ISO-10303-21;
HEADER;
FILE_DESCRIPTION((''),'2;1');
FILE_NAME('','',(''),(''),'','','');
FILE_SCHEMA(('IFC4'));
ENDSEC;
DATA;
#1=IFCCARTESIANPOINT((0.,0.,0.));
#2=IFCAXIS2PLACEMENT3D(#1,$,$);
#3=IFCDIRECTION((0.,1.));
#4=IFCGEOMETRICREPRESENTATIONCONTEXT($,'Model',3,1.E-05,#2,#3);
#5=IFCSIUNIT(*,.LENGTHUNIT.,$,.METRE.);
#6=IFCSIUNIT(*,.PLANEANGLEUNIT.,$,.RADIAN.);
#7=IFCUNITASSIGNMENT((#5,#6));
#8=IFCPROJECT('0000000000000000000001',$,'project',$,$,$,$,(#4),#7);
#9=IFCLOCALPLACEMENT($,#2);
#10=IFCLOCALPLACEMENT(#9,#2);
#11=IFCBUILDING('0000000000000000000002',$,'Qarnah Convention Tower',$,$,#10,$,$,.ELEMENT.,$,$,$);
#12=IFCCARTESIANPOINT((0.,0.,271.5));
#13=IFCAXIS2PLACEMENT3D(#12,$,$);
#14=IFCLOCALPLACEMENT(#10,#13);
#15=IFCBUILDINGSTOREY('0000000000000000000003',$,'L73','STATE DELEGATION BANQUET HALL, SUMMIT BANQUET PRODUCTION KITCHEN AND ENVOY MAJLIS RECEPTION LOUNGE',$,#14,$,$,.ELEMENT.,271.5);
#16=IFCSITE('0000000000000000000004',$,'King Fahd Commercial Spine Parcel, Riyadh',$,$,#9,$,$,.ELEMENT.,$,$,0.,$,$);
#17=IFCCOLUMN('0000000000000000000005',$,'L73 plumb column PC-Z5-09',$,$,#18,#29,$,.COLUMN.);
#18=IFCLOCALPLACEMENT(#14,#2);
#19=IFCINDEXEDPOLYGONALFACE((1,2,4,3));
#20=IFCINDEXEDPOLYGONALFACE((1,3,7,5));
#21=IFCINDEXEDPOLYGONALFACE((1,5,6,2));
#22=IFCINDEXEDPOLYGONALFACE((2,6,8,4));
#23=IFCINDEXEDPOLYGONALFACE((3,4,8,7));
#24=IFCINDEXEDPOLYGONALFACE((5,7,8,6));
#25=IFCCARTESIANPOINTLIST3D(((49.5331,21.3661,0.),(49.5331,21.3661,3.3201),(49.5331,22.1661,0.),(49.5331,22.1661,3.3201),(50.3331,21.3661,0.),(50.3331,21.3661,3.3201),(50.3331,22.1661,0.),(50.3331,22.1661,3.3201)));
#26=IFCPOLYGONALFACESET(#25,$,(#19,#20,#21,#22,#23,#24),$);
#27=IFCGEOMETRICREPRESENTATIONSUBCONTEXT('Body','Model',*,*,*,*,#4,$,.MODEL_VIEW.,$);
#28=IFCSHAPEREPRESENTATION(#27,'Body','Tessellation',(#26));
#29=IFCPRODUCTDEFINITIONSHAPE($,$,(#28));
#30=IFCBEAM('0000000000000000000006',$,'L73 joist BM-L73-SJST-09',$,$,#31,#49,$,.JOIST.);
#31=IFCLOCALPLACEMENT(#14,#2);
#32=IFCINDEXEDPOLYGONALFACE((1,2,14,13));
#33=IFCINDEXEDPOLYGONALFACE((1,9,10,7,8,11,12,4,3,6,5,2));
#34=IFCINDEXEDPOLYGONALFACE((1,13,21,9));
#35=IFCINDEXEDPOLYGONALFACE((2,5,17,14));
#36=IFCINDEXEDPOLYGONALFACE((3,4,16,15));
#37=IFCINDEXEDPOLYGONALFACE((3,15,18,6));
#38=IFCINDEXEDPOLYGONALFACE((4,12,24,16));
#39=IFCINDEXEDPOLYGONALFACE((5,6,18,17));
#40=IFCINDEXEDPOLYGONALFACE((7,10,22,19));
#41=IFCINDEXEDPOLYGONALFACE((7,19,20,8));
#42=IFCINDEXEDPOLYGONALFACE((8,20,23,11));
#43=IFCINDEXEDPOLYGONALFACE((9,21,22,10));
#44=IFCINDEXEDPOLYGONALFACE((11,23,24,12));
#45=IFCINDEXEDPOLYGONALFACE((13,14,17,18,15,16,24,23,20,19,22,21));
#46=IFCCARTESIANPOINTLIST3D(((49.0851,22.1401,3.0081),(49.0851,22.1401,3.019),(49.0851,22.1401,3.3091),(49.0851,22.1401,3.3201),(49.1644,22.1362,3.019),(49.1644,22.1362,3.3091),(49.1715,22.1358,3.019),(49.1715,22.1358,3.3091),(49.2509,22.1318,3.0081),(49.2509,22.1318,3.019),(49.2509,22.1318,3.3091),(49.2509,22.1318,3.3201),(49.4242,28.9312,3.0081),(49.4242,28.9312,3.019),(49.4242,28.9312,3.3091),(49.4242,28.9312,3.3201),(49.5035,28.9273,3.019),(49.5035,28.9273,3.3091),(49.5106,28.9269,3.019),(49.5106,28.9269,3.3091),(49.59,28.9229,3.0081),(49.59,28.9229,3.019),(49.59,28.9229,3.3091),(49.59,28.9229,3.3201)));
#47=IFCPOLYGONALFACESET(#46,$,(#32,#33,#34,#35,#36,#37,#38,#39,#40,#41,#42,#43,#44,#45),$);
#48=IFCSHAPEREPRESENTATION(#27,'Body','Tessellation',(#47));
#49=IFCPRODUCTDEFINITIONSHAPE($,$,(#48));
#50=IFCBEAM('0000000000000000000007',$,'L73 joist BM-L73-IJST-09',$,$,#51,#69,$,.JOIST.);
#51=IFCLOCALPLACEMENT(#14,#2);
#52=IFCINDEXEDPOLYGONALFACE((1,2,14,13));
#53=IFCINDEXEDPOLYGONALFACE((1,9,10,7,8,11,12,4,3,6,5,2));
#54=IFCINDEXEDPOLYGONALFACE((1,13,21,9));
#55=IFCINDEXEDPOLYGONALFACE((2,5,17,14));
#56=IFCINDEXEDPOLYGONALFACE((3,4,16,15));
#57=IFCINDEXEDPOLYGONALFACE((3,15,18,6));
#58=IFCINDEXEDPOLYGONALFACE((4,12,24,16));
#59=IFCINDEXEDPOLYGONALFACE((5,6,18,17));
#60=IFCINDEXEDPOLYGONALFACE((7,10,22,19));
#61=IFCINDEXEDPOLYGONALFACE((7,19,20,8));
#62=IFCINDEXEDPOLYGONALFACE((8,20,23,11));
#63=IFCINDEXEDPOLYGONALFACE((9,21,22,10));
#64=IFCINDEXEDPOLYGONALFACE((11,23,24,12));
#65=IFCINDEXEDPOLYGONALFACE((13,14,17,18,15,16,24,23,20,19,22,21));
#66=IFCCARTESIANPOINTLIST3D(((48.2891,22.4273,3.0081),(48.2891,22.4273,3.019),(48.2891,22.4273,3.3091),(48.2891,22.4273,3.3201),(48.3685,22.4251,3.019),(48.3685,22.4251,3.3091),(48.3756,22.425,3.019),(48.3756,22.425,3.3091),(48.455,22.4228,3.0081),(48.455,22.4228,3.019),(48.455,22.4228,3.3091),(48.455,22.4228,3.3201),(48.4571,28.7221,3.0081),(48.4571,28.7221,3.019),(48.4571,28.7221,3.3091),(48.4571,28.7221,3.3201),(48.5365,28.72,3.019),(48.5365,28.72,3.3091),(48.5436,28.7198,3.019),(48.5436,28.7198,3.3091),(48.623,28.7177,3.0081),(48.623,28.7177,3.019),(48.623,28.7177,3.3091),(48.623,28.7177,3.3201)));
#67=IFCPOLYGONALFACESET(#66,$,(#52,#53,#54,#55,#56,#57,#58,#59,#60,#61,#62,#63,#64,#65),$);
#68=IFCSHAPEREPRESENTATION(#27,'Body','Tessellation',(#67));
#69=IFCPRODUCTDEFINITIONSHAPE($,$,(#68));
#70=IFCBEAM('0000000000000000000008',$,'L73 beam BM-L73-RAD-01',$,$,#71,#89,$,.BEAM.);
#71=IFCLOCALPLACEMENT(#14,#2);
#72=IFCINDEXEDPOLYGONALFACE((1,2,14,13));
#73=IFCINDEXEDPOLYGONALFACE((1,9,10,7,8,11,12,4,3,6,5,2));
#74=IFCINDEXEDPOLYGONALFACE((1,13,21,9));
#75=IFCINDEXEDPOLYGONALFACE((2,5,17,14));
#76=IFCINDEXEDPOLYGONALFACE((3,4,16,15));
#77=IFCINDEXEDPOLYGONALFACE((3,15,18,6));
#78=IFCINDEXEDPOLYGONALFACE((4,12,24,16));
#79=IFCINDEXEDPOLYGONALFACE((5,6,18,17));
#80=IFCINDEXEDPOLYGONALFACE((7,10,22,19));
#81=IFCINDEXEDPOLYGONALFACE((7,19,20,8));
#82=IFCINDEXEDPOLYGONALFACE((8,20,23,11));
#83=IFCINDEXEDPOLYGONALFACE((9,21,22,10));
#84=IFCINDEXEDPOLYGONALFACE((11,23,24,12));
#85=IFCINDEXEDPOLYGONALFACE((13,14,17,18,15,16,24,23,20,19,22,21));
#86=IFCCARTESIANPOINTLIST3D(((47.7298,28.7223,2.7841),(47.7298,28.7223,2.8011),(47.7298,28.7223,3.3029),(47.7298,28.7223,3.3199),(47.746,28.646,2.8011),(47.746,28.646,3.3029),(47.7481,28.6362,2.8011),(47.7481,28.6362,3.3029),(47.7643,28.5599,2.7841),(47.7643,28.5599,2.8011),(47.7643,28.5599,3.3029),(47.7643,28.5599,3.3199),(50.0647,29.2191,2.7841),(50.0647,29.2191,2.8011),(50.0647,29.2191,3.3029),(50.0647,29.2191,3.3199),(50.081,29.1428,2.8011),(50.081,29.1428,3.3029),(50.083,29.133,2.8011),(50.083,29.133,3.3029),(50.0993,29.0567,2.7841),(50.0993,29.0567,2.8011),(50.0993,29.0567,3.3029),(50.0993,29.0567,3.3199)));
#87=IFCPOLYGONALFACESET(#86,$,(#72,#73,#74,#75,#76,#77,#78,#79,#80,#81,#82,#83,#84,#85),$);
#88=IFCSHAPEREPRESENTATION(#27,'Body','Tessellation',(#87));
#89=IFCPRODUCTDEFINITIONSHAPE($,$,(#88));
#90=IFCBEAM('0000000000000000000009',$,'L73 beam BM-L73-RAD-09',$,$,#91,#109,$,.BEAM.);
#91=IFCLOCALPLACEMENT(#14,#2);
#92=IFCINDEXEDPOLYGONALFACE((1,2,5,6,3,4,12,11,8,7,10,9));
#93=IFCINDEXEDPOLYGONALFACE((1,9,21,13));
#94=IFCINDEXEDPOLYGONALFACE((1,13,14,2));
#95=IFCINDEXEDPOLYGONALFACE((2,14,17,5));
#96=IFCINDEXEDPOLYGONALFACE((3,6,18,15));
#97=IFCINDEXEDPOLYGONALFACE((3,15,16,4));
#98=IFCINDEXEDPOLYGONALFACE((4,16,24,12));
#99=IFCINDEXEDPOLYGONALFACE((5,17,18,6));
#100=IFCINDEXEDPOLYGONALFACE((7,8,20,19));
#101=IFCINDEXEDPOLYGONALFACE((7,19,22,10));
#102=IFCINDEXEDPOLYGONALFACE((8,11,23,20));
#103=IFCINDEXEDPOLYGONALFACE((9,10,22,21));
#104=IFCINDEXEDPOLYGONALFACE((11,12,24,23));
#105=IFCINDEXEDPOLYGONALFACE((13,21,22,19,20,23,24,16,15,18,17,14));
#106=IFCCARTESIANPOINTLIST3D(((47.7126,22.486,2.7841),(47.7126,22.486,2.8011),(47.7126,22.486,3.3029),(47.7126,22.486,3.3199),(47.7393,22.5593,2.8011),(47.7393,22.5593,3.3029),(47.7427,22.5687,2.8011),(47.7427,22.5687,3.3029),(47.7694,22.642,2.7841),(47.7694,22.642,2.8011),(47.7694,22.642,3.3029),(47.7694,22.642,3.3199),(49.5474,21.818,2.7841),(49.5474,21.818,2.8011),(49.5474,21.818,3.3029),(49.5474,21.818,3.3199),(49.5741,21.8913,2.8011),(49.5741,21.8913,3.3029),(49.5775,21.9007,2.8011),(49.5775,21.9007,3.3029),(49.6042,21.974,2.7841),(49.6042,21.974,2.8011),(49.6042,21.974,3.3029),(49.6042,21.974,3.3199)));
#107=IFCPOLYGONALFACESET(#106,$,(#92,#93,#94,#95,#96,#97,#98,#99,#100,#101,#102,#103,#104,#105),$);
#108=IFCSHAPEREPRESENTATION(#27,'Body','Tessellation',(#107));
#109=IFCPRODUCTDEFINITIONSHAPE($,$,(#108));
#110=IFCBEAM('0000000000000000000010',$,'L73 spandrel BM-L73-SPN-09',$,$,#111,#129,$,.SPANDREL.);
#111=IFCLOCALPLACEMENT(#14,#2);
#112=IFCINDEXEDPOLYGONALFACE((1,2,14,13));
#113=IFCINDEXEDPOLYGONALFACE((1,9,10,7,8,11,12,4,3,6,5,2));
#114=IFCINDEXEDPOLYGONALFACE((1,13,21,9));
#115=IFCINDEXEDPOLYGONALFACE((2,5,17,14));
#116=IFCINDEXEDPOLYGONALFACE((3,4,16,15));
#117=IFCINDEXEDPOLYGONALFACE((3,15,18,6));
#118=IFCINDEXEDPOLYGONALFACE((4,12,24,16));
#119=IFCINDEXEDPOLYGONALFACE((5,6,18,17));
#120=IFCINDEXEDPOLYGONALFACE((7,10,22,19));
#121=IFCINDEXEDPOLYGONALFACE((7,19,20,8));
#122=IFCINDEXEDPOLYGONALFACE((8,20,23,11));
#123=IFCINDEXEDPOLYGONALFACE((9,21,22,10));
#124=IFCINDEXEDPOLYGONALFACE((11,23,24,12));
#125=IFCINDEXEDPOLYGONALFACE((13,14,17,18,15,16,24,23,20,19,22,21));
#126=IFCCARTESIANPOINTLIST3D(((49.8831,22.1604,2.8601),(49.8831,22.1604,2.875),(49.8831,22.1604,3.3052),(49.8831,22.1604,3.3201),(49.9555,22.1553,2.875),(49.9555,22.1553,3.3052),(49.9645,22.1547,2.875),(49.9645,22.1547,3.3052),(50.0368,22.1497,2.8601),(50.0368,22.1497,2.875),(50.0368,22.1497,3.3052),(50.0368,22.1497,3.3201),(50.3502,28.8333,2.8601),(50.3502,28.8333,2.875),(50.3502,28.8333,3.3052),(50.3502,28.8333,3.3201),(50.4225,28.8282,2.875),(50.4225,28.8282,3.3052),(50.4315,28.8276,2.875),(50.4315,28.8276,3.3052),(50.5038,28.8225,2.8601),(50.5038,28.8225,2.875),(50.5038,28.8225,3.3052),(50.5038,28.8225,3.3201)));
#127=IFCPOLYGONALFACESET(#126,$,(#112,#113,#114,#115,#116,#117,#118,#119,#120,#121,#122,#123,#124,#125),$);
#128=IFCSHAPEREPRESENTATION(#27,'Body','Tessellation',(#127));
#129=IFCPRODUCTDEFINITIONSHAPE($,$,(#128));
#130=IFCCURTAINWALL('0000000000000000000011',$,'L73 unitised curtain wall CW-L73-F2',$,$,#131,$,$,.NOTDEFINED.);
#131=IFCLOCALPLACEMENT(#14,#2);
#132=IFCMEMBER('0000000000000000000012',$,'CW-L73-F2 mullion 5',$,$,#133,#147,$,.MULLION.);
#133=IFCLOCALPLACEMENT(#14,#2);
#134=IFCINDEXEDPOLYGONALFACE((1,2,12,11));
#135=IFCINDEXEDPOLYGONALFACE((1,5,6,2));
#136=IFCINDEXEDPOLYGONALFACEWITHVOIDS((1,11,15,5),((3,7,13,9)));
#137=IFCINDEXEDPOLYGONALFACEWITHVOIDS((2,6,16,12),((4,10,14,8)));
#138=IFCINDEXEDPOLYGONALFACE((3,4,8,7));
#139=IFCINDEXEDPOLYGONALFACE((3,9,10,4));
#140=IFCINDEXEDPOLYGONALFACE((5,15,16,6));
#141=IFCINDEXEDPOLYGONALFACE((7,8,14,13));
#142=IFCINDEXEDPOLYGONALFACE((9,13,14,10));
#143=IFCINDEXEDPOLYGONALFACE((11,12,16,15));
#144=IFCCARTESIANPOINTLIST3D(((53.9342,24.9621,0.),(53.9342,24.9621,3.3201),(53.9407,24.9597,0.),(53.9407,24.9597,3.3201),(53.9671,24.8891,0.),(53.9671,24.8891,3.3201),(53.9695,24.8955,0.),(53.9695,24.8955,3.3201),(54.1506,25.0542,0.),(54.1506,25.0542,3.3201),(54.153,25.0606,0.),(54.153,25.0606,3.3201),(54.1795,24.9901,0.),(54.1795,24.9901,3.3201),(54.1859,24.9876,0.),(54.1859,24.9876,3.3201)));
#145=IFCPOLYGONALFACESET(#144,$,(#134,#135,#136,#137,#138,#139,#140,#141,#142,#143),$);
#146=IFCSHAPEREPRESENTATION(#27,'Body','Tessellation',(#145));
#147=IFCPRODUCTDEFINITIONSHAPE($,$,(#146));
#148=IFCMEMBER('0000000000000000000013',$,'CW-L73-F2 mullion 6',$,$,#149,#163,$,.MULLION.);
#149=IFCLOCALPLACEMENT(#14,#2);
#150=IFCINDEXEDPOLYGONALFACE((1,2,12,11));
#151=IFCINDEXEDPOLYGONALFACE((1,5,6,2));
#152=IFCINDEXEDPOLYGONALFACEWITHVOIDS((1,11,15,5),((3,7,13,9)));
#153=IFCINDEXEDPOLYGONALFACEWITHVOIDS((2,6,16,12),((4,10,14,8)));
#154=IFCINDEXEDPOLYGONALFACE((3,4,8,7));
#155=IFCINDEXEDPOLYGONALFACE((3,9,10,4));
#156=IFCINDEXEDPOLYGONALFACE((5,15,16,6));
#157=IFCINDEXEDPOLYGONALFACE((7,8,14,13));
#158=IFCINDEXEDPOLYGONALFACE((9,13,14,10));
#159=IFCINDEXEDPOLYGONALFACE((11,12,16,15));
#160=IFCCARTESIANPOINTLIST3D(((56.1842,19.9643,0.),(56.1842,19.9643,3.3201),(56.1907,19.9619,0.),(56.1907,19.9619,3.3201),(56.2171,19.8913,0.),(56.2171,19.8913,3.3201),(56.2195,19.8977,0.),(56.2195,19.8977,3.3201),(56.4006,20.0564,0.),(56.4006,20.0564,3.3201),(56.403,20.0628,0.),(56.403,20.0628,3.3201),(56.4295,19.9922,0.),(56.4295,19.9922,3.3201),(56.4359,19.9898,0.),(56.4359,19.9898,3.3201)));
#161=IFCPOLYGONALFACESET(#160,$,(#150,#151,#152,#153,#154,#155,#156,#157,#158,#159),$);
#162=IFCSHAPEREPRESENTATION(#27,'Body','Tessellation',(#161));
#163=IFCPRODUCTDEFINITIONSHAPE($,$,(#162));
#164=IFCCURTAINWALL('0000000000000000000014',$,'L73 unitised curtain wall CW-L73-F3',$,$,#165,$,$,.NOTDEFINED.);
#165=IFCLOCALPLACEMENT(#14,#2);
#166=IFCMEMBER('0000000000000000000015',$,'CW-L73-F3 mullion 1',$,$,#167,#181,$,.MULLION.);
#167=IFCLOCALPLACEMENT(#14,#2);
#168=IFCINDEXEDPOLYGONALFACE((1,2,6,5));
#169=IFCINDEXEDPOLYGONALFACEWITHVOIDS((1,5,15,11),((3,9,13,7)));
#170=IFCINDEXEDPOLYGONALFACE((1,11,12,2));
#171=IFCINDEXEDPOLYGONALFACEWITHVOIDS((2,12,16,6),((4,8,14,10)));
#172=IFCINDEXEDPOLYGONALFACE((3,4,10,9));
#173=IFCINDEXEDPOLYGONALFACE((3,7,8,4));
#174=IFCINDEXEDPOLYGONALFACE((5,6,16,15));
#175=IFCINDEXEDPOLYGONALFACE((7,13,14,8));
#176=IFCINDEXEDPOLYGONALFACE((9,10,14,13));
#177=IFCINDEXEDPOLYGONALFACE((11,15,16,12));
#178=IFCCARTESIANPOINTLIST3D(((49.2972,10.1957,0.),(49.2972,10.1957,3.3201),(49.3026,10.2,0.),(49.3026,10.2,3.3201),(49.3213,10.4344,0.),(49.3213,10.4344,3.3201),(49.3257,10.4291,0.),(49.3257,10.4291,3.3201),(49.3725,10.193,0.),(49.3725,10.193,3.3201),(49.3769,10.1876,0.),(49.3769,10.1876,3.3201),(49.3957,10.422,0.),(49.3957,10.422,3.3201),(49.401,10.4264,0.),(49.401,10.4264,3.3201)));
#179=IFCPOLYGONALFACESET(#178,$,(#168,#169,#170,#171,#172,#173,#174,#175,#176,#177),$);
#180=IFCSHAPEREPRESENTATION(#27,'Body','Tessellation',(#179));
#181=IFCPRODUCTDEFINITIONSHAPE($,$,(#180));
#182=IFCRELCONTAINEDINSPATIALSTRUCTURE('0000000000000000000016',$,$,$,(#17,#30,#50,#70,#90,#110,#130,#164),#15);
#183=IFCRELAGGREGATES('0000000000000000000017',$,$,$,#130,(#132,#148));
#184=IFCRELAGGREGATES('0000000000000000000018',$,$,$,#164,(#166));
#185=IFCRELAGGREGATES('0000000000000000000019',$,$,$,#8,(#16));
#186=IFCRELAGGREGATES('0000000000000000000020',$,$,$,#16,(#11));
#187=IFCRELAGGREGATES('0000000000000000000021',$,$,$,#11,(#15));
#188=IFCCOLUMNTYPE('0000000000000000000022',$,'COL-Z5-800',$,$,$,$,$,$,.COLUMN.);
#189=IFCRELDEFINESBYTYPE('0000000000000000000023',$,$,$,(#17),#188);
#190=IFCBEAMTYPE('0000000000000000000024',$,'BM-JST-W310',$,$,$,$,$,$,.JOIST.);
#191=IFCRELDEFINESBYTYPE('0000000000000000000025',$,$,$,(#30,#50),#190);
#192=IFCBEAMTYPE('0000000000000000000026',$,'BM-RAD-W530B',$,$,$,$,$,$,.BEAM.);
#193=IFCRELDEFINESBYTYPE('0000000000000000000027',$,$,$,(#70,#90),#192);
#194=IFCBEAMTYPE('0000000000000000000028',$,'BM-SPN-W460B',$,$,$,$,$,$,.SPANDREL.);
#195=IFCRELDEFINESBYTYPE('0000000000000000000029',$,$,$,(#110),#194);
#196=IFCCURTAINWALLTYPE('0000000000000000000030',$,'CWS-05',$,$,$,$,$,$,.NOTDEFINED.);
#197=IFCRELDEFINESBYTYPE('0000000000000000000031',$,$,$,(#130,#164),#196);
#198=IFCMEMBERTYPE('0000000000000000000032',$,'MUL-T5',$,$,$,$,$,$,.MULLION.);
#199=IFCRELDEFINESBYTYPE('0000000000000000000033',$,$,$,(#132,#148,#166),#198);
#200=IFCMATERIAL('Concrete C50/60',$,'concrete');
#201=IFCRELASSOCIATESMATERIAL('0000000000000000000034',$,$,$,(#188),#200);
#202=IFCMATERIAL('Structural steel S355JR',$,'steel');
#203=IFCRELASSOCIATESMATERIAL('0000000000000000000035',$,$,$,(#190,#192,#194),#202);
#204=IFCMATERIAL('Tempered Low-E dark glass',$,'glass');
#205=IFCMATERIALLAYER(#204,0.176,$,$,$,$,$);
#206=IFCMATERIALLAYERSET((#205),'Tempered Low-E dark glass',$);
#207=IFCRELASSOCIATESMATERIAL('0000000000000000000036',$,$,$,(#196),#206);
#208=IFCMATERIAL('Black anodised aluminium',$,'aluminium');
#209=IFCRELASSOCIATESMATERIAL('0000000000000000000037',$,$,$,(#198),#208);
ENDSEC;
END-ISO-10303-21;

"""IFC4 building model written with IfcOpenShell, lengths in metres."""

from ifc_helpers import new_model, si_unit, direction, frame, origin, origin_2d, place, context, subcontext, project, spatial, rectangle, hollow_rectangle, i_section, extrude, material, layer, layer_set, material_profile, profile_set, type_object, element, aggregate, save


model = new_model("IFC4")

# Units and contexts
model_context = context("Model", 3, precision=1e-05, world=origin(), true_north=direction((0.0, 1.0)))
body_context = subcontext(model_context, "Body", "Model", "MODEL_VIEW")
ifc_project = project(units=[si_unit("LENGTHUNIT", "METRE"), si_unit("PLANEANGLEUNIT", "RADIAN")], contexts=[model_context])

# Site, building, storey
site_placement = place(None, origin())
site = spatial("IfcSite", under=ifc_project, at=site_placement, Name="King Fahd Commercial Spine Parcel, Riyadh", CompositionType="ELEMENT", RefElevation=0.0)
building_placement = place(site_placement, origin())
building = spatial("IfcBuilding", under=site, at=building_placement, Name="Qarnah Convention Tower", CompositionType="ELEMENT")
storey_placement = place(building_placement, frame((0.0, 0.0, 271.5)))
storey = spatial("IfcBuildingStorey", under=building, at=storey_placement, Name="L73", Description="STATE DELEGATION BANQUET HALL, SUMMIT BANQUET PRODUCTION KITCHEN AND ENVOY MAJLIS RECEPTION LOUNGE", CompositionType="ELEMENT", Elevation=271.5)

# Column
ifc_material_1 = material(Name="Concrete C50/60", Category="concrete")
ifc_material_profile_1 = material_profile(ifc_material_1, rectangle(XDim=0.8, YDim=0.8, at=origin_2d()), Name="RC-COL-800X800")
ifc_profile_set_1 = profile_set([ifc_material_profile_1], Name="Concrete C50/60")
column_type = type_object("IfcColumnType", Name="COL-Z5-800", PredefinedType="COLUMN", material=ifc_profile_set_1)
column_placement = place(storey_placement, frame((49.9331, 21.7661, 0.0), z_axis=(0.0, 0.0, 1.0), x_axis=(1.0, 0.0, 0.0)))
element("IfcColumn", 1, at=column_placement, inside=storey, type_object=column_type, Name="L73 plumb column PC-Z5-09", PredefinedType="COLUMN", context=body_context, shape_type="SweptSolid", body=[
    extrude(rectangle(XDim=0.8, YDim=0.8, at=origin_2d()), origin(), (0.0, 0.0, 1.0), 3.3201),
])

# Beams
ifc_material_2 = material(Name="Structural steel S355JR", Category="steel")
ifc_material_profile_2 = material_profile(ifc_material_2, i_section(OverallWidth=0.166, OverallDepth=0.312, WebThickness=0.0071, FlangeThickness=0.011, at=origin_2d()), Name="W310X45")
ifc_profile_set_2 = profile_set([ifc_material_profile_2], Name="Structural steel S355JR")
beam_type_1 = type_object("IfcBeamType", Name="BM-JST-W310", PredefinedType="JOIST", material=ifc_profile_set_2)
beam_1_placement = place(storey_placement, frame((49.168, 22.136, 3.1641), z_axis=(0.049873, 0.998756, 0.0), x_axis=(-0.998756, 0.049873, 0.0)))
element("IfcBeam", 2, at=beam_1_placement, inside=storey, type_object=beam_type_1, Name="L73 joist BM-L73-SJST-09", PredefinedType="JOIST", context=body_context, shape_type="SweptSolid", body=[
    extrude(i_section(OverallWidth=0.166, OverallDepth=0.312, WebThickness=0.0071, FlangeThickness=0.011, at=origin_2d()), origin(), (0.0, 0.0, 1.0), 6.7996),
])
beam_2_placement = place(storey_placement, frame((48.3721, 22.425, 3.1641), z_axis=(0.026674, 0.999644, 0.0), x_axis=(-0.999644, 0.026674, 0.0)))
element("IfcBeam", 3, at=beam_2_placement, inside=storey, type_object=beam_type_1, Name="L73 joist BM-L73-IJST-09", PredefinedType="JOIST", context=body_context, shape_type="SweptSolid", body=[
    extrude(i_section(OverallWidth=0.166, OverallDepth=0.312, WebThickness=0.0071, FlangeThickness=0.011, at=origin_2d()), origin(), (0.0, 0.0, 1.0), 6.2971),
])
ifc_material_profile_3 = material_profile(ifc_material_2, i_section(OverallWidth=0.166, OverallDepth=0.5359, WebThickness=0.01, FlangeThickness=0.0171, at=origin_2d()), Name="W530X85")
ifc_profile_set_3 = profile_set([ifc_material_profile_3], Name="Structural steel S355JR")
beam_type_2 = type_object("IfcBeamType", Name="BM-RAD-W530B", PredefinedType="BEAM", material=ifc_profile_set_3)
beam_3_placement = place(storey_placement, frame((47.7471, 28.6411, 3.052), z_axis=(0.978104, 0.208118, 0.0), x_axis=(-0.208118, 0.978104, 0.0)))
element("IfcBeam", 4, at=beam_3_placement, inside=storey, type_object=beam_type_2, Name="L73 beam BM-L73-RAD-01", PredefinedType="BEAM", context=body_context, shape_type="SweptSolid", body=[
    extrude(i_section(OverallWidth=0.166, OverallDepth=0.5359, WebThickness=0.01, FlangeThickness=0.0171, at=origin_2d()), origin(), (0.0, 0.0, 1.0), 2.3872),
])
beam_4_placement = place(storey_placement, frame((47.741, 22.564, 3.052), z_axis=(0.939677, -0.342064, 0.0), x_axis=(0.342064, 0.939677, 0.0)))
element("IfcBeam", 5, at=beam_4_placement, inside=storey, type_object=beam_type_2, Name="L73 beam BM-L73-RAD-09", PredefinedType="BEAM", context=body_context, shape_type="SweptSolid", body=[
    extrude(i_section(OverallWidth=0.166, OverallDepth=0.5359, WebThickness=0.01, FlangeThickness=0.0171, at=origin_2d()), origin(), (0.0, 0.0, 1.0), 1.9526),
])
ifc_material_profile_4 = material_profile(ifc_material_2, i_section(OverallWidth=0.1541, OverallDepth=0.46, WebThickness=0.009, FlangeThickness=0.0149, at=origin_2d()), Name="W460X68")
ifc_profile_set_4 = profile_set([ifc_material_profile_4], Name="Structural steel S355JR")
beam_type_3 = type_object("IfcBeamType", Name="BM-SPN-W460B", PredefinedType="SPANDREL", material=ifc_profile_set_4)
beam_5_placement = place(storey_placement, frame((49.96, 22.155, 3.0901), z_axis=(0.06982, 0.99756, 0.0), x_axis=(-0.99756, 0.06982, 0.0)))
element("IfcBeam", 6, at=beam_5_placement, inside=storey, type_object=beam_type_3, Name="L73 spandrel BM-L73-SPN-09", PredefinedType="SPANDREL", context=body_context, shape_type="SweptSolid", body=[
    extrude(i_section(OverallWidth=0.1541, OverallDepth=0.46, WebThickness=0.009, FlangeThickness=0.0149, at=origin_2d()), origin(), (0.0, 0.0, 1.0), 6.6892),
])

# Curtain walls, members
ifc_material_3 = material(Name="Tempered Low-E dark glass", Category="glass")
ifc_layer_1 = layer(ifc_material_3, 0.176)
ifc_layer_set_1 = layer_set([ifc_layer_1], Name="Tempered Low-E dark glass")
curtain_wall_type = type_object("IfcCurtainWallType", Name="CWS-05", PredefinedType="NOTDEFINED", material=ifc_layer_set_1)
curtain_wall_1_placement = place(storey_placement, origin())
curtain_wall_1 = element("IfcCurtainWall", 7, at=curtain_wall_1_placement, inside=storey, type_object=curtain_wall_type, Name="L73 unitised curtain wall CW-L73-F2", PredefinedType="NOTDEFINED")
ifc_material_4 = material(Name="Black anodised aluminium", Category="aluminium")
ifc_material_profile_5 = material_profile(ifc_material_4, hollow_rectangle(XDim=0.0801, YDim=0.24, WallThickness=0.0049, at=origin_2d()), Name="MUL-80X240")
ifc_profile_set_5 = profile_set([ifc_material_profile_5], Name="Black anodised aluminium")
member_type_1 = type_object("IfcMemberType", Name="MUL-T5", PredefinedType="MULLION", material=ifc_profile_set_5)
member_1_placement = place(storey_placement, frame((54.0601, 24.9749, 0.0), z_axis=(0.0, 0.0, 1.0), x_axis=(0.410515, -0.911854, 0.0)))
member_1 = element("IfcMember", 8, at=member_1_placement, type_object=member_type_1, Name="CW-L73-F2 mullion 5", PredefinedType="MULLION", context=body_context, shape_type="SweptSolid", body=[
    extrude(hollow_rectangle(XDim=0.0801, YDim=0.24, WallThickness=0.0049, at=origin_2d()), origin(), (0.0, 0.0, 1.0), 3.3201),
])
member_2_placement = place(storey_placement, frame((56.3101, 19.9771, 0.0), z_axis=(0.0, 0.0, 1.0), x_axis=(0.410515, -0.911854, 0.0)))
member_2 = element("IfcMember", 9, at=member_2_placement, type_object=member_type_1, Name="CW-L73-F2 mullion 6", PredefinedType="MULLION", context=body_context, shape_type="SweptSolid", body=[
    extrude(hollow_rectangle(XDim=0.0801, YDim=0.24, WallThickness=0.0049, at=origin_2d()), origin(), (0.0, 0.0, 1.0), 3.3201),
])
curtain_wall_2_placement = place(storey_placement, origin())
curtain_wall_2 = element("IfcCurtainWall", 10, at=curtain_wall_2_placement, inside=storey, type_object=curtain_wall_type, Name="L73 unitised curtain wall CW-L73-F3", PredefinedType="NOTDEFINED")
member_3_placement = place(storey_placement, frame((49.3491, 10.311, 0.0), z_axis=(0.0, 0.0, 1.0), x_axis=(-0.994952, 0.100349, 0.0)))
member_3 = element("IfcMember", 11, at=member_3_placement, type_object=member_type_1, Name="CW-L73-F3 mullion 1", PredefinedType="MULLION", context=body_context, shape_type="SweptSolid", body=[
    extrude(hollow_rectangle(XDim=0.0801, YDim=0.24, WallThickness=0.0049, at=origin_2d()), origin(), (0.0, 0.0, 1.0), 3.3201),
])

aggregate(curtain_wall_1, [member_1, member_2])
aggregate(curtain_wall_2, [member_3])

save(model, "model.ifc")
